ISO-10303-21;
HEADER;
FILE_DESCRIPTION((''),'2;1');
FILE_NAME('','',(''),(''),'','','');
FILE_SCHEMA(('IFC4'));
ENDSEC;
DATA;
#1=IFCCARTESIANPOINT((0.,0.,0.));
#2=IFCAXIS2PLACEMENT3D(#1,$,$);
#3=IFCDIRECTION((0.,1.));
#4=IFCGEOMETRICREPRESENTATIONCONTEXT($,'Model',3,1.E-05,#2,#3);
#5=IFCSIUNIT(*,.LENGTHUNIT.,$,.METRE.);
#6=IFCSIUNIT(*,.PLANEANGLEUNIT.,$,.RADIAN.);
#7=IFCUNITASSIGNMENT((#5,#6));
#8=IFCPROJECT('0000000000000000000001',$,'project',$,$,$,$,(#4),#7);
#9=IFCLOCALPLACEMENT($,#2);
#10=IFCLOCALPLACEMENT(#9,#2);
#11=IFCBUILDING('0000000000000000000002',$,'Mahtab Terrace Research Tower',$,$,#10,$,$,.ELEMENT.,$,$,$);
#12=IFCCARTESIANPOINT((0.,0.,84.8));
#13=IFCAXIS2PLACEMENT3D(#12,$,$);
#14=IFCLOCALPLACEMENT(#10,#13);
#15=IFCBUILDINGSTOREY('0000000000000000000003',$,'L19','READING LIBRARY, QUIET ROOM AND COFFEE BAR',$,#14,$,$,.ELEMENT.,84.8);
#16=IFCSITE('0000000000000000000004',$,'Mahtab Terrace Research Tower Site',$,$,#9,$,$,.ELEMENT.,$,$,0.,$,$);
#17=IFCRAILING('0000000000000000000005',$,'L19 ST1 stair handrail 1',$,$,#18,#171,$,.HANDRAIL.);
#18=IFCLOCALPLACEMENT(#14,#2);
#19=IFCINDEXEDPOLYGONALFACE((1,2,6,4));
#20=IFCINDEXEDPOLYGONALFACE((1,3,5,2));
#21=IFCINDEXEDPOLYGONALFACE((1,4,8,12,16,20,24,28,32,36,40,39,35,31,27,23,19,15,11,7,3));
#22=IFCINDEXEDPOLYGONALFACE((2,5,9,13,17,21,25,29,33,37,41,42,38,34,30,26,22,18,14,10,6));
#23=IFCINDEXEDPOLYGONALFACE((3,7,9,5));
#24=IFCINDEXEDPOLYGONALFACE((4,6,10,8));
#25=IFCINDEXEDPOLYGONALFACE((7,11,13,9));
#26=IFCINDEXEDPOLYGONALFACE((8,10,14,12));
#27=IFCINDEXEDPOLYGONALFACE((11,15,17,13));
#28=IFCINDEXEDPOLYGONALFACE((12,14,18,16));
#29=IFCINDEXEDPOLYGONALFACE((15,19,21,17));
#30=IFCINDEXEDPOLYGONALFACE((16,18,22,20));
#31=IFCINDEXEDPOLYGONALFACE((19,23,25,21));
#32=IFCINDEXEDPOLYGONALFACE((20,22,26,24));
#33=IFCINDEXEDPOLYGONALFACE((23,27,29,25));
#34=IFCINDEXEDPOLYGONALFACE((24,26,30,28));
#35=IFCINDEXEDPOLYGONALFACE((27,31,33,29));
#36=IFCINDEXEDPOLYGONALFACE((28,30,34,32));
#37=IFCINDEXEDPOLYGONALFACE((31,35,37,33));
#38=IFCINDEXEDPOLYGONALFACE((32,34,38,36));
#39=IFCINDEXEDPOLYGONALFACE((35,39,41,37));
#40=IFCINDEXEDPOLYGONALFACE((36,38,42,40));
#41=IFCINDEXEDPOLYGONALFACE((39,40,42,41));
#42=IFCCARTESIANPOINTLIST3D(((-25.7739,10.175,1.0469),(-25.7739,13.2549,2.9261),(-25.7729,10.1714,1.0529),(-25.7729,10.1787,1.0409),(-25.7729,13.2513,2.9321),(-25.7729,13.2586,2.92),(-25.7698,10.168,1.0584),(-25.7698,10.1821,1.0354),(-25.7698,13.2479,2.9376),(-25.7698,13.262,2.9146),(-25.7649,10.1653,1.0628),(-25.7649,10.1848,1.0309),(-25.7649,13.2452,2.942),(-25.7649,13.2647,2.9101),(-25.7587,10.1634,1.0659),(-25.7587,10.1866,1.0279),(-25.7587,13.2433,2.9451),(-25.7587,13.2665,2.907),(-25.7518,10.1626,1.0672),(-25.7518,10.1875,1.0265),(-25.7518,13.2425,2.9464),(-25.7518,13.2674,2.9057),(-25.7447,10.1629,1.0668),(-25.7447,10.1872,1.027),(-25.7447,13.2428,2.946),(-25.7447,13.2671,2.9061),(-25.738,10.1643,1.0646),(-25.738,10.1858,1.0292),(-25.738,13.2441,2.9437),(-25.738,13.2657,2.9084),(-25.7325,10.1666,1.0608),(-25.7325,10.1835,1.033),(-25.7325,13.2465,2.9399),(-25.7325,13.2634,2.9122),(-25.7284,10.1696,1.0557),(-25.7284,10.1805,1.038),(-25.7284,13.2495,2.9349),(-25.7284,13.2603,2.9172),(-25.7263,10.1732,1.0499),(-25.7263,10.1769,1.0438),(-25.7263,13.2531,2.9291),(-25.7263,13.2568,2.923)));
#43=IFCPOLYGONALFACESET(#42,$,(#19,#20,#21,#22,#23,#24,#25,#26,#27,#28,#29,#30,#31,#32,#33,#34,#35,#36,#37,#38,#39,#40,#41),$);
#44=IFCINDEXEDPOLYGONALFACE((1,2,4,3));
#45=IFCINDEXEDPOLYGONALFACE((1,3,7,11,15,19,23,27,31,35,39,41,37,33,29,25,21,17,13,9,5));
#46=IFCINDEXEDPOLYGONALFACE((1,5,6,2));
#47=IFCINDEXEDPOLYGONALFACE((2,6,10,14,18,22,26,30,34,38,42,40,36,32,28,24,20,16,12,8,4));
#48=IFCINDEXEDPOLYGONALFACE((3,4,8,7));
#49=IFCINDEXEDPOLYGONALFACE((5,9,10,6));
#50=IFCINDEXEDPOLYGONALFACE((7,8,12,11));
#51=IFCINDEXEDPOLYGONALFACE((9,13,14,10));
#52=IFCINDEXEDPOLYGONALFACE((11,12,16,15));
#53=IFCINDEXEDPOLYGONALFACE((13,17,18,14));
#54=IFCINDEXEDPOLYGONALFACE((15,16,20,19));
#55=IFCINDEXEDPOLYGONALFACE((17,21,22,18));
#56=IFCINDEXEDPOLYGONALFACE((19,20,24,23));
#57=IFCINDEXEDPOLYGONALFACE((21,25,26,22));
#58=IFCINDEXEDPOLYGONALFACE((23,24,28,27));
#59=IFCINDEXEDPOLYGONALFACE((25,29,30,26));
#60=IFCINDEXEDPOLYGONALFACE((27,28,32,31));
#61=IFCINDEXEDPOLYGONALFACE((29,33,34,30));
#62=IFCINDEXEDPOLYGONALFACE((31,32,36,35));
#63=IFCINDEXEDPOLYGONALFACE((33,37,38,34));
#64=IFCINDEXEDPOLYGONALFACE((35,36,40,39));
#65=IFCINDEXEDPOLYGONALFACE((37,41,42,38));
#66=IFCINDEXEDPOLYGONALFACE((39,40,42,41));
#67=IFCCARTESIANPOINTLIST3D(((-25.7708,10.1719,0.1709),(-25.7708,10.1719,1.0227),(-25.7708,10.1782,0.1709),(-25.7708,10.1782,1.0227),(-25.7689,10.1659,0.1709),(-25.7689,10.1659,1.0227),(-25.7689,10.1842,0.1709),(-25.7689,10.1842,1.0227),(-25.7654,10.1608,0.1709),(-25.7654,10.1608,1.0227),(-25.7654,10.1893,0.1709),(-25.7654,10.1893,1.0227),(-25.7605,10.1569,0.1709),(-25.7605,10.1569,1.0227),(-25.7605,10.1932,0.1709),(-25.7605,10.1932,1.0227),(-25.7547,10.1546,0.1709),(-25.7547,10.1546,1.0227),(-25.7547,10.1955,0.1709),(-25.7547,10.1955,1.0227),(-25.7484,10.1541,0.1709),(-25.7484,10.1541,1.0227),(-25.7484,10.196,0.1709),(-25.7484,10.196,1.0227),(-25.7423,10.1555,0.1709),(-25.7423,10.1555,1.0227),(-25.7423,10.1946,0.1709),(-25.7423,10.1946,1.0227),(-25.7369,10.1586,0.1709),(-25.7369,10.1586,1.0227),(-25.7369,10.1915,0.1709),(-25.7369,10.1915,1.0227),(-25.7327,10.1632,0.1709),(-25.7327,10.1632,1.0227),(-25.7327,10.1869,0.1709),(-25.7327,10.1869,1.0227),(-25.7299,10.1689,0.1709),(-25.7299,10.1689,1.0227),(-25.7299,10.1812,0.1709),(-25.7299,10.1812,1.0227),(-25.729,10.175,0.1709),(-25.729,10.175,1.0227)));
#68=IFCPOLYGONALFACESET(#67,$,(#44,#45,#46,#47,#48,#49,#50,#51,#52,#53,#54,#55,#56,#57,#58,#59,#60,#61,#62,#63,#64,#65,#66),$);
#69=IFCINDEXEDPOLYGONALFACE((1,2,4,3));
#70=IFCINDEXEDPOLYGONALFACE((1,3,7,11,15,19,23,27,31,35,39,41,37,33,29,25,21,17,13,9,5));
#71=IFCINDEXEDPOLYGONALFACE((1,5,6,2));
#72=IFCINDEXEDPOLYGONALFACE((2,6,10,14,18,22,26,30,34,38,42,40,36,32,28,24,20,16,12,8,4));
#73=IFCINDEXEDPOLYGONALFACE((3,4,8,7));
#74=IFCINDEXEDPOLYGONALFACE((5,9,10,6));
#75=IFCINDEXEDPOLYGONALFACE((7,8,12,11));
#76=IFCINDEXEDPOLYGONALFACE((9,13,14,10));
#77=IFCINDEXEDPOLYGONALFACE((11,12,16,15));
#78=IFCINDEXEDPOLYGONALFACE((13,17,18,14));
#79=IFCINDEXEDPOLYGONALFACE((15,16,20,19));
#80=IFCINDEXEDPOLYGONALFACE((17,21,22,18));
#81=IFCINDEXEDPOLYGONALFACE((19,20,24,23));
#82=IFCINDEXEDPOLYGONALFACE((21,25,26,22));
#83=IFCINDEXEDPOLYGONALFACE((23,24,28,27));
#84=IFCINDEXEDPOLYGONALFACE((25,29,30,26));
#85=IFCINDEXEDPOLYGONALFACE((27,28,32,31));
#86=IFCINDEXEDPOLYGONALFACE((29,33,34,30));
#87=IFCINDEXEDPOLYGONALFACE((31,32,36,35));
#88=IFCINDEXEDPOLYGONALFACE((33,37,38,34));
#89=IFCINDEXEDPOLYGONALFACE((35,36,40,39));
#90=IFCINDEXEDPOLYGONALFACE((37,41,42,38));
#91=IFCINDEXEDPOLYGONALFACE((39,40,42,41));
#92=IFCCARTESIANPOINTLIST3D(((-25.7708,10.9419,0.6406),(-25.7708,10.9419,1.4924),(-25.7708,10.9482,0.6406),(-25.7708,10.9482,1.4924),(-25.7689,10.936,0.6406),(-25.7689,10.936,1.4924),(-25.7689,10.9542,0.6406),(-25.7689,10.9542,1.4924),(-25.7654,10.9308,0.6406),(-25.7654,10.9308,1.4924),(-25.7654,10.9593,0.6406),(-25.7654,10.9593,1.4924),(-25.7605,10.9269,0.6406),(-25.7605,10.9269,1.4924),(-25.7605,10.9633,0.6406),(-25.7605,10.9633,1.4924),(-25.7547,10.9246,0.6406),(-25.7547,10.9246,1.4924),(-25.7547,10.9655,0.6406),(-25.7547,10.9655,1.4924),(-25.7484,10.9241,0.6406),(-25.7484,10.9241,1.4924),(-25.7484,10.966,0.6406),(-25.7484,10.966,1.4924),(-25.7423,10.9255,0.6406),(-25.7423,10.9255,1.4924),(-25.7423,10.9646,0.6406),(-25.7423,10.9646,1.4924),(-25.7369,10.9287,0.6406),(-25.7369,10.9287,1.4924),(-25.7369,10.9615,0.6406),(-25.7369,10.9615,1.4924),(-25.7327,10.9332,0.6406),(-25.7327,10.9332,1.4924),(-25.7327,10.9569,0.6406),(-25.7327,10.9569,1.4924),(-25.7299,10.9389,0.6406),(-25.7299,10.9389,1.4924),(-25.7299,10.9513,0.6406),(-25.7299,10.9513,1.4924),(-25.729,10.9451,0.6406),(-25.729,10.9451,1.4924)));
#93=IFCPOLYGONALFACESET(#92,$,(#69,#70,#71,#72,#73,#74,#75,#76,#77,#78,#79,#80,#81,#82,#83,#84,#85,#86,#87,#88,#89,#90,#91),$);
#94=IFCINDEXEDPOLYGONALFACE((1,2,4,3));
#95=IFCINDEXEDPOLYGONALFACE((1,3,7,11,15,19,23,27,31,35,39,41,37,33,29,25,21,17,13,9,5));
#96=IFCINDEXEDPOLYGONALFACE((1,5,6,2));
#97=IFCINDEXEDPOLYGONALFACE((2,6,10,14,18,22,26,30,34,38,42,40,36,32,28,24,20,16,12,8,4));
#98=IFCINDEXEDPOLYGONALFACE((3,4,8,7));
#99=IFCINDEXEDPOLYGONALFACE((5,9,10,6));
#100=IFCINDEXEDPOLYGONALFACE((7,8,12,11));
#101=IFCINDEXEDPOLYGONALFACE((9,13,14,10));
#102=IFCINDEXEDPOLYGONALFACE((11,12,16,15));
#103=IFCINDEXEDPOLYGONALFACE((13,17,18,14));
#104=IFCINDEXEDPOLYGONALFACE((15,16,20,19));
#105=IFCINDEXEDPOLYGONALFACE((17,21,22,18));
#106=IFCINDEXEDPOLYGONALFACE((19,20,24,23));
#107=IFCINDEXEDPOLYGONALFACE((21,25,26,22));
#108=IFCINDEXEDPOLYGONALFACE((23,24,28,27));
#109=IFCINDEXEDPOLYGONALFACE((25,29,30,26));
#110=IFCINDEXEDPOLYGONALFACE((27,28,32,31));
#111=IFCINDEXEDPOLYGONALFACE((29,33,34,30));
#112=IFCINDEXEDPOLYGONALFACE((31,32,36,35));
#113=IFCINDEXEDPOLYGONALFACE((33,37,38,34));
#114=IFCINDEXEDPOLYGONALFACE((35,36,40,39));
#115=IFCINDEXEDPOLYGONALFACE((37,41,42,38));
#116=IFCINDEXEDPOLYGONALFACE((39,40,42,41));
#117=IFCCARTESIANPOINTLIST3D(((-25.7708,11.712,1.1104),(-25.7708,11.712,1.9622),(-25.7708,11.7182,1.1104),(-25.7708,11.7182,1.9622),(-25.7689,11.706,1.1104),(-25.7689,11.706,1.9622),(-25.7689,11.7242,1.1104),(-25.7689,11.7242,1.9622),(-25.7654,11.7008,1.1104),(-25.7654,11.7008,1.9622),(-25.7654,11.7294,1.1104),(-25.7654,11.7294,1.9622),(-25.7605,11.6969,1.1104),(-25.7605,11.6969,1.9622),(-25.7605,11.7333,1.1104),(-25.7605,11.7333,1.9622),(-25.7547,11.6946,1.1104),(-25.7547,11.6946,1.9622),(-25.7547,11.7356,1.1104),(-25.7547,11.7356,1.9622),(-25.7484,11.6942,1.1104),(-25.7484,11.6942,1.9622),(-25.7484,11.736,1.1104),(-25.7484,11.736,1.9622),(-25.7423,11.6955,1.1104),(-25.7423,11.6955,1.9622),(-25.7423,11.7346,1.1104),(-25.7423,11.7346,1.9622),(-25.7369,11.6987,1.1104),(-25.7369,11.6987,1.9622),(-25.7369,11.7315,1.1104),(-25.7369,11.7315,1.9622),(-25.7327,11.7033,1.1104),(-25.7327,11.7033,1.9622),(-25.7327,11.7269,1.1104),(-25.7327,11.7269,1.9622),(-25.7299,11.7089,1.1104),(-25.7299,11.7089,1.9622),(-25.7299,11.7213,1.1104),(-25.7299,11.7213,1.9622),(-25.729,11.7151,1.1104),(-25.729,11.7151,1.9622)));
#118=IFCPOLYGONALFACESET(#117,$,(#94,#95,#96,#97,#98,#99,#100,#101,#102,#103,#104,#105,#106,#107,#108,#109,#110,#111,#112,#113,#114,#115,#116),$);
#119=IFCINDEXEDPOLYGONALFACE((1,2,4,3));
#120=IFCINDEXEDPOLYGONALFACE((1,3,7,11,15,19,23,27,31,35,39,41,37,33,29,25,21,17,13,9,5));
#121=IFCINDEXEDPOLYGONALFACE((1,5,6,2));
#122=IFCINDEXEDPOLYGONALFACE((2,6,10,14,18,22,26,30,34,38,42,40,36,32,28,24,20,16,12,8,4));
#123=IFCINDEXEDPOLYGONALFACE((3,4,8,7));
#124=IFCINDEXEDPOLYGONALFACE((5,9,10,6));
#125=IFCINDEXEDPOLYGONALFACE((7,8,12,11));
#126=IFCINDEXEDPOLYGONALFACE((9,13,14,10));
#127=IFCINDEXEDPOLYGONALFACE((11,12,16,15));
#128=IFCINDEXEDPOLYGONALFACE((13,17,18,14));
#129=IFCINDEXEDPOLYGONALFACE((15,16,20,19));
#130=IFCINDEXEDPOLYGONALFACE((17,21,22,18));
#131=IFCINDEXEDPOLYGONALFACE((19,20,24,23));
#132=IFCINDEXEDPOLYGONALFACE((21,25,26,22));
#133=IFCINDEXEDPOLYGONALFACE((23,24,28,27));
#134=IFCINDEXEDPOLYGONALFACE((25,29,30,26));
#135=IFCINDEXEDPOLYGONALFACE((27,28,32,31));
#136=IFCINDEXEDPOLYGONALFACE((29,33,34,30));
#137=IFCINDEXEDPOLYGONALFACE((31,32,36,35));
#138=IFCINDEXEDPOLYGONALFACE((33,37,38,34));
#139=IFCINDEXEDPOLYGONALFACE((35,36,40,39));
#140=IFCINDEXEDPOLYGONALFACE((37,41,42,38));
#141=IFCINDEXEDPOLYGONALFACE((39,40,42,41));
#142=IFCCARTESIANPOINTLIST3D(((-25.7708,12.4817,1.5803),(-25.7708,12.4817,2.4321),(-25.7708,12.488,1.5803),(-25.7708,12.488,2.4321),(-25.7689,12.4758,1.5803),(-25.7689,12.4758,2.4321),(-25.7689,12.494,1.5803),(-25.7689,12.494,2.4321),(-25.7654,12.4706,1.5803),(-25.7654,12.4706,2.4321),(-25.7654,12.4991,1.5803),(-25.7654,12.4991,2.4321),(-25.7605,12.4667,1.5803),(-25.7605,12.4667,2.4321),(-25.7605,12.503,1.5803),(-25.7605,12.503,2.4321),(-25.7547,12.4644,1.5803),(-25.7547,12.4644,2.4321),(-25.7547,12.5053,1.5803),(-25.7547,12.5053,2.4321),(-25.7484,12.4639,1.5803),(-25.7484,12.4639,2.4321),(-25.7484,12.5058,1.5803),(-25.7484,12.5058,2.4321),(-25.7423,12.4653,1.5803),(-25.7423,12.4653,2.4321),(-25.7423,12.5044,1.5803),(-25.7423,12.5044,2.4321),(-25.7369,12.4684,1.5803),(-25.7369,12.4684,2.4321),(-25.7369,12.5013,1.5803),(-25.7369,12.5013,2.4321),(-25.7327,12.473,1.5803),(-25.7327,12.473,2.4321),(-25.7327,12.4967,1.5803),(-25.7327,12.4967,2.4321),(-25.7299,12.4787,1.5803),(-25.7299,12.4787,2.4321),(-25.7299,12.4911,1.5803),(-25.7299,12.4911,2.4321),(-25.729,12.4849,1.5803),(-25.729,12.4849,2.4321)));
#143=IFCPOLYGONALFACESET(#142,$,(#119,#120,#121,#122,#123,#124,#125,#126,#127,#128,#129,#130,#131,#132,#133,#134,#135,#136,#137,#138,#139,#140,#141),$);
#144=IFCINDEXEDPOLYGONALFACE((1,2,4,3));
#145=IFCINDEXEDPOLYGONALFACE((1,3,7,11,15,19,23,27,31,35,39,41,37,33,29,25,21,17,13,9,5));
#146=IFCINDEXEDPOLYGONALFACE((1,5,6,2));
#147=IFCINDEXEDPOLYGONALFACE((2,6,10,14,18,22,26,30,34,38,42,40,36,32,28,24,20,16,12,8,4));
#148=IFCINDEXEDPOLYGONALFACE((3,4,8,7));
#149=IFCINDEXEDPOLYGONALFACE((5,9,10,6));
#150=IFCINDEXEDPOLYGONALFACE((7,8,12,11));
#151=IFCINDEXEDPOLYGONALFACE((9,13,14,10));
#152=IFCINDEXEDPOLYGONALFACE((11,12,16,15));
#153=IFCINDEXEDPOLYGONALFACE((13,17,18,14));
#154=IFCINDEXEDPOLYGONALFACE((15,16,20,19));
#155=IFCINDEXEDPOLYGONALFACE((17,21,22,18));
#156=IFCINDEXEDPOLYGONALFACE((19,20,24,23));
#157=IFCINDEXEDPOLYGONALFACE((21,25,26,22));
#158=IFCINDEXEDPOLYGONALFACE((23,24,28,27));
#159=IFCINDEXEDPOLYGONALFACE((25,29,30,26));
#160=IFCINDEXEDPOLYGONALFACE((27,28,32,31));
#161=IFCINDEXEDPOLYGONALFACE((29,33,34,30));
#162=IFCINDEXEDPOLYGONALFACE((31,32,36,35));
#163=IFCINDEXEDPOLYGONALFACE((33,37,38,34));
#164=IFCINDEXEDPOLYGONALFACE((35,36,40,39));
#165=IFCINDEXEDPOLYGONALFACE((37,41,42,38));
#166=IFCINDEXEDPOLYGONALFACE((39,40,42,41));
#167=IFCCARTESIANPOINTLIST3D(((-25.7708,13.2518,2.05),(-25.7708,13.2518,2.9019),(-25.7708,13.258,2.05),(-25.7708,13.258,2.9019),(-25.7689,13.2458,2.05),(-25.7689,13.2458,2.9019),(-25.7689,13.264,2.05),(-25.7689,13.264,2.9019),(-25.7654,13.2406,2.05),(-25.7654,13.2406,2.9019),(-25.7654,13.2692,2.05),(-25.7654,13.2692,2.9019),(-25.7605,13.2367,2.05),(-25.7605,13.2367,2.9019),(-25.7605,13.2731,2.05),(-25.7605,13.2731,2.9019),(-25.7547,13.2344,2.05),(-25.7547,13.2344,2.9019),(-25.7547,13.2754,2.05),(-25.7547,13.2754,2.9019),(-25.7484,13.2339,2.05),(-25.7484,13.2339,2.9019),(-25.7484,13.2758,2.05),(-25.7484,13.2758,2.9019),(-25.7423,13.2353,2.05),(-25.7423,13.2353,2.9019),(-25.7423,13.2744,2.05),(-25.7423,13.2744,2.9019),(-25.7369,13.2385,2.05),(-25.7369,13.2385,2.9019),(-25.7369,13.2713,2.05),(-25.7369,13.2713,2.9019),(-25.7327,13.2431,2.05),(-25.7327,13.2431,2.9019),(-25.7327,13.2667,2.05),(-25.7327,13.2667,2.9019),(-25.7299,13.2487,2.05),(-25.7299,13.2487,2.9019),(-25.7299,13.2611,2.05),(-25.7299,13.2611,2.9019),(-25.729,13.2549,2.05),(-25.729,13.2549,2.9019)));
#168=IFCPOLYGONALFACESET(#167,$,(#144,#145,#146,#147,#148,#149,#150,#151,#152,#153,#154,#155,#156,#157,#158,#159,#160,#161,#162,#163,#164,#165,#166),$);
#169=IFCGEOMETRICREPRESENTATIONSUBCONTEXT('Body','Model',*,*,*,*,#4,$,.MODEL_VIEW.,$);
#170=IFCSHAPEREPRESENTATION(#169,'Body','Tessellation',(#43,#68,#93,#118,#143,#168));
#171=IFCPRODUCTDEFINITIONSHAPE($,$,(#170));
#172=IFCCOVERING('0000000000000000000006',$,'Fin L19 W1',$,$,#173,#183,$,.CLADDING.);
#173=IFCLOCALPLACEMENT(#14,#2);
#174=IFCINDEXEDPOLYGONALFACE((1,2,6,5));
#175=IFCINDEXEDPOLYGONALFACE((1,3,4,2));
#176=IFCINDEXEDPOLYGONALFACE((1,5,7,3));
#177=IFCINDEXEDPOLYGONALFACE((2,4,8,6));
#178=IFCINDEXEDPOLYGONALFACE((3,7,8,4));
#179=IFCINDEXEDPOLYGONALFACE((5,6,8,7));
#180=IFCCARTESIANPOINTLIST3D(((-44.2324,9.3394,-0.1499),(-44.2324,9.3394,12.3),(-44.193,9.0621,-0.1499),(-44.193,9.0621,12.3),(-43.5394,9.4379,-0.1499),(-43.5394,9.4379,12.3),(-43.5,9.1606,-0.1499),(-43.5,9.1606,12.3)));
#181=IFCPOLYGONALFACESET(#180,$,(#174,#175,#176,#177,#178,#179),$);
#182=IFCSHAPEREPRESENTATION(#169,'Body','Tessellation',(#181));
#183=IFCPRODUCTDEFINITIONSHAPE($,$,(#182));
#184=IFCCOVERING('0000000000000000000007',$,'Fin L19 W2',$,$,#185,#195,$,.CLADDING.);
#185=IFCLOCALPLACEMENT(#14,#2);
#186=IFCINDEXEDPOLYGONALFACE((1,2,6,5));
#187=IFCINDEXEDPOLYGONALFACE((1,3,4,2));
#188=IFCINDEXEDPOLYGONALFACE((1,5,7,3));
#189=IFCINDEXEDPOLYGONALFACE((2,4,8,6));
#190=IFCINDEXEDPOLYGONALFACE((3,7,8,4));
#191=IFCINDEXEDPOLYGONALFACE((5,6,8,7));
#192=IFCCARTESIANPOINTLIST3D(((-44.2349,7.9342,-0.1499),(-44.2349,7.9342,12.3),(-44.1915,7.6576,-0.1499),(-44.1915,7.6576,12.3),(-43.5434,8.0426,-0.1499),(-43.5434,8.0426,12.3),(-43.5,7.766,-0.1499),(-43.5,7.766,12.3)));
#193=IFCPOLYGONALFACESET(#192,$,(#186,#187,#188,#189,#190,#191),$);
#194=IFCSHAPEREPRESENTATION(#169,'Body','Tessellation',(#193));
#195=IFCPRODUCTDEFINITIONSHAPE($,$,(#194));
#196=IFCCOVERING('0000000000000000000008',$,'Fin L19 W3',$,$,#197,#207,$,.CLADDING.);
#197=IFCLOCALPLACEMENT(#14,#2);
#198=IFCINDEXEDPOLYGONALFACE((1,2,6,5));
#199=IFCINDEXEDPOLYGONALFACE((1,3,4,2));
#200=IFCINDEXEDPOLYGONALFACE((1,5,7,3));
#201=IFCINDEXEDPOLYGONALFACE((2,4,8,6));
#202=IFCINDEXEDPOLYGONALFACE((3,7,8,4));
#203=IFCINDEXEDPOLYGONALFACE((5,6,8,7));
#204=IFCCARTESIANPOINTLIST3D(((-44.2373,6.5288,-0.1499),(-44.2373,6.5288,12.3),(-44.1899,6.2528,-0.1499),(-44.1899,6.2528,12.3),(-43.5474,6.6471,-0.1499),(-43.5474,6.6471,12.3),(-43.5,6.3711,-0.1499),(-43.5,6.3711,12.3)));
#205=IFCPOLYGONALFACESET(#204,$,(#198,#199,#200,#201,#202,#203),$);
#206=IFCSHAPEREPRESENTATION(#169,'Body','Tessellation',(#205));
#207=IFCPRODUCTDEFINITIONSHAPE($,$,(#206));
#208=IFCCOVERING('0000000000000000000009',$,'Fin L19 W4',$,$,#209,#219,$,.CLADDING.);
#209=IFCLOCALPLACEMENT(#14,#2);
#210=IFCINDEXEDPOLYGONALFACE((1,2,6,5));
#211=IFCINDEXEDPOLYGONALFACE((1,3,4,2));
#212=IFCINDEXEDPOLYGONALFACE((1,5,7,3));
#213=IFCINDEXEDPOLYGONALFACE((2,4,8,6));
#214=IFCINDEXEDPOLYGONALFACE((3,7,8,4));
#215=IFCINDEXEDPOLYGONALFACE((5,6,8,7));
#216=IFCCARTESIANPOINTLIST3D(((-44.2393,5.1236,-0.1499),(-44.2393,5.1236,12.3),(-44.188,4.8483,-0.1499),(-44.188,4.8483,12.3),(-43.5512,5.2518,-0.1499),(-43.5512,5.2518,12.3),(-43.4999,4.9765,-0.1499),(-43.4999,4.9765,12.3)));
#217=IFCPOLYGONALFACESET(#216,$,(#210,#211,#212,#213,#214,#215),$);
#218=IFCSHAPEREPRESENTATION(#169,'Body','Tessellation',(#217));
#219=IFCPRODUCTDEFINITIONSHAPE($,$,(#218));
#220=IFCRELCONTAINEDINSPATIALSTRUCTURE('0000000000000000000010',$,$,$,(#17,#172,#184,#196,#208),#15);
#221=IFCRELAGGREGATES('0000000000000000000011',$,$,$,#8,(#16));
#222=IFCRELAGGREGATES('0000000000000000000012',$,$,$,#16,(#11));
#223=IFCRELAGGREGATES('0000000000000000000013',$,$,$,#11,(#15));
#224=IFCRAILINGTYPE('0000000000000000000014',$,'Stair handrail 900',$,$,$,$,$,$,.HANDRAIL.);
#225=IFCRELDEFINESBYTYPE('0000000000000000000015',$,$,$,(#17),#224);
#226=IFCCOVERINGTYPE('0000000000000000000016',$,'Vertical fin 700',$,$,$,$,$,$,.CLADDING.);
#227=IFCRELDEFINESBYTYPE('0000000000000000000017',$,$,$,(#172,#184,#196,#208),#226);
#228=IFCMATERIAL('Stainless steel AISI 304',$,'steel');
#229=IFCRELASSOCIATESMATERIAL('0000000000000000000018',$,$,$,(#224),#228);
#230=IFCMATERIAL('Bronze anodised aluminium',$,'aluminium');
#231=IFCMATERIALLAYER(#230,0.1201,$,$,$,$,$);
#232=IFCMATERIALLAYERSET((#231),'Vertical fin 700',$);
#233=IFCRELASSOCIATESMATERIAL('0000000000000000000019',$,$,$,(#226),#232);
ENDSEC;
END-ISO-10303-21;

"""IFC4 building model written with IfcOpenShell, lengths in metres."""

from ifc_helpers import new_model, si_unit, direction, frame, origin, origin_2d, place, context, subcontext, project, spatial, rectangle, circle, extrude, material, layer, layer_set, type_object, element, save


model = new_model("IFC4")

# Units and contexts
model_context = context("Model", 3, precision=1e-05, world=origin(), true_north=direction((0.0, 1.0)))
body_context = subcontext(model_context, "Body", "Model", "MODEL_VIEW")
ifc_project = project(units=[si_unit("LENGTHUNIT", "METRE"), si_unit("PLANEANGLEUNIT", "RADIAN")], contexts=[model_context])

# Site, building, storey
site_placement = place(None, origin())
site = spatial("IfcSite", under=ifc_project, at=site_placement, Name="Mahtab Terrace Research Tower Site", CompositionType="ELEMENT", RefElevation=0.0)
building_placement = place(site_placement, origin())
building = spatial("IfcBuilding", under=site, at=building_placement, Name="Mahtab Terrace Research Tower", CompositionType="ELEMENT")
storey_placement = place(building_placement, frame((0.0, 0.0, 84.8)))
storey = spatial("IfcBuildingStorey", under=building, at=storey_placement, Name="L19", Description="READING LIBRARY, QUIET ROOM AND COFFEE BAR", CompositionType="ELEMENT", Elevation=84.8)

# Shared definitions
ifc_material_1 = material(Name="Bronze anodised aluminium", Category="aluminium")

# Railing
ifc_material_2 = material(Name="Stainless steel AISI 304", Category="steel")
railing_type_1 = type_object("IfcRailingType", Name="Stair handrail 900", PredefinedType="HANDRAIL", material=ifc_material_2)
railing_1_placement = place(storey_placement, frame((-25.75, 10.175, 0.1709)))
element("IfcRailing", 1, at=railing_1_placement, inside=storey, type_object=railing_type_1, Name="L19 ST1 stair handrail 1", PredefinedType="HANDRAIL", context=body_context, shape_type="SweptSolid", body=[
    extrude(circle(Radius=0.0239, at=origin_2d()), frame((0.0, 0.0, 0.876), z_axis=(0.0, 0.853648, 0.52085), x_axis=(-1.0, 0.0, 0.0)), (0.0, 0.0, 1.0), 3.6079),
    extrude(circle(Radius=0.021, at=origin_2d()), origin(), (0.0, 0.0, 1.0), 0.8518),
    extrude(circle(Radius=0.021, at=origin_2d()), frame((0.0, 0.77, 0.4697)), (0.0, 0.0, 1.0), 0.8518),
    extrude(circle(Radius=0.021, at=origin_2d()), frame((0.0, 1.54, 0.9395)), (0.0, 0.0, 1.0), 0.8518),
    extrude(circle(Radius=0.021, at=origin_2d()), frame((0.0, 2.3098, 1.4094)), (0.0, 0.0, 1.0), 0.8518),
    extrude(circle(Radius=0.021, at=origin_2d()), frame((0.0, 3.0798, 1.8792)), (0.0, 0.0, 1.0), 0.8518),
])

# Coverings
ifc_layer_1 = layer(ifc_material_1, 0.1201)
ifc_layer_set_1 = layer_set([ifc_layer_1], Name="Vertical fin 700")
covering_type_1 = type_object("IfcCoveringType", Name="Vertical fin 700", PredefinedType="CLADDING", material=ifc_layer_set_1)
for number, where, z_axis, x_axis, name in (
    (2, (-43.8662, 9.25, -0.1499), (0.0, 0.0, 1.0), (0.140698, -0.990053, 0.0), "Fin L19 W1"),
    (3, (-43.8674, 7.8501, -0.1499), (0.0, 0.0, 1.0), (0.154913, -0.987928, 0.0), "Fin L19 W2"),
    (4, (-43.8687, 6.45, -0.1499), (0.0, 0.0, 1.0), (0.169097, -0.985599, 0.0), "Fin L19 W3"),
    (5, (-43.8696, 5.05, -0.1499), (0.0, 0.0, 1.0), (0.183245, -0.983067, 0.0), "Fin L19 W4"),
):
    element("IfcCovering", number, at=place(storey_placement, frame(where, z_axis=z_axis, x_axis=x_axis)), inside=storey, type_object=covering_type_1, Name=name, PredefinedType="CLADDING", context=body_context, shape_type="SweptSolid", body=[
        extrude(rectangle(XDim=0.28, YDim=0.7, at=origin_2d()), origin(), (0.0, 0.0, 1.0), 12.45),
    ])

save(model, "model.ifc")
